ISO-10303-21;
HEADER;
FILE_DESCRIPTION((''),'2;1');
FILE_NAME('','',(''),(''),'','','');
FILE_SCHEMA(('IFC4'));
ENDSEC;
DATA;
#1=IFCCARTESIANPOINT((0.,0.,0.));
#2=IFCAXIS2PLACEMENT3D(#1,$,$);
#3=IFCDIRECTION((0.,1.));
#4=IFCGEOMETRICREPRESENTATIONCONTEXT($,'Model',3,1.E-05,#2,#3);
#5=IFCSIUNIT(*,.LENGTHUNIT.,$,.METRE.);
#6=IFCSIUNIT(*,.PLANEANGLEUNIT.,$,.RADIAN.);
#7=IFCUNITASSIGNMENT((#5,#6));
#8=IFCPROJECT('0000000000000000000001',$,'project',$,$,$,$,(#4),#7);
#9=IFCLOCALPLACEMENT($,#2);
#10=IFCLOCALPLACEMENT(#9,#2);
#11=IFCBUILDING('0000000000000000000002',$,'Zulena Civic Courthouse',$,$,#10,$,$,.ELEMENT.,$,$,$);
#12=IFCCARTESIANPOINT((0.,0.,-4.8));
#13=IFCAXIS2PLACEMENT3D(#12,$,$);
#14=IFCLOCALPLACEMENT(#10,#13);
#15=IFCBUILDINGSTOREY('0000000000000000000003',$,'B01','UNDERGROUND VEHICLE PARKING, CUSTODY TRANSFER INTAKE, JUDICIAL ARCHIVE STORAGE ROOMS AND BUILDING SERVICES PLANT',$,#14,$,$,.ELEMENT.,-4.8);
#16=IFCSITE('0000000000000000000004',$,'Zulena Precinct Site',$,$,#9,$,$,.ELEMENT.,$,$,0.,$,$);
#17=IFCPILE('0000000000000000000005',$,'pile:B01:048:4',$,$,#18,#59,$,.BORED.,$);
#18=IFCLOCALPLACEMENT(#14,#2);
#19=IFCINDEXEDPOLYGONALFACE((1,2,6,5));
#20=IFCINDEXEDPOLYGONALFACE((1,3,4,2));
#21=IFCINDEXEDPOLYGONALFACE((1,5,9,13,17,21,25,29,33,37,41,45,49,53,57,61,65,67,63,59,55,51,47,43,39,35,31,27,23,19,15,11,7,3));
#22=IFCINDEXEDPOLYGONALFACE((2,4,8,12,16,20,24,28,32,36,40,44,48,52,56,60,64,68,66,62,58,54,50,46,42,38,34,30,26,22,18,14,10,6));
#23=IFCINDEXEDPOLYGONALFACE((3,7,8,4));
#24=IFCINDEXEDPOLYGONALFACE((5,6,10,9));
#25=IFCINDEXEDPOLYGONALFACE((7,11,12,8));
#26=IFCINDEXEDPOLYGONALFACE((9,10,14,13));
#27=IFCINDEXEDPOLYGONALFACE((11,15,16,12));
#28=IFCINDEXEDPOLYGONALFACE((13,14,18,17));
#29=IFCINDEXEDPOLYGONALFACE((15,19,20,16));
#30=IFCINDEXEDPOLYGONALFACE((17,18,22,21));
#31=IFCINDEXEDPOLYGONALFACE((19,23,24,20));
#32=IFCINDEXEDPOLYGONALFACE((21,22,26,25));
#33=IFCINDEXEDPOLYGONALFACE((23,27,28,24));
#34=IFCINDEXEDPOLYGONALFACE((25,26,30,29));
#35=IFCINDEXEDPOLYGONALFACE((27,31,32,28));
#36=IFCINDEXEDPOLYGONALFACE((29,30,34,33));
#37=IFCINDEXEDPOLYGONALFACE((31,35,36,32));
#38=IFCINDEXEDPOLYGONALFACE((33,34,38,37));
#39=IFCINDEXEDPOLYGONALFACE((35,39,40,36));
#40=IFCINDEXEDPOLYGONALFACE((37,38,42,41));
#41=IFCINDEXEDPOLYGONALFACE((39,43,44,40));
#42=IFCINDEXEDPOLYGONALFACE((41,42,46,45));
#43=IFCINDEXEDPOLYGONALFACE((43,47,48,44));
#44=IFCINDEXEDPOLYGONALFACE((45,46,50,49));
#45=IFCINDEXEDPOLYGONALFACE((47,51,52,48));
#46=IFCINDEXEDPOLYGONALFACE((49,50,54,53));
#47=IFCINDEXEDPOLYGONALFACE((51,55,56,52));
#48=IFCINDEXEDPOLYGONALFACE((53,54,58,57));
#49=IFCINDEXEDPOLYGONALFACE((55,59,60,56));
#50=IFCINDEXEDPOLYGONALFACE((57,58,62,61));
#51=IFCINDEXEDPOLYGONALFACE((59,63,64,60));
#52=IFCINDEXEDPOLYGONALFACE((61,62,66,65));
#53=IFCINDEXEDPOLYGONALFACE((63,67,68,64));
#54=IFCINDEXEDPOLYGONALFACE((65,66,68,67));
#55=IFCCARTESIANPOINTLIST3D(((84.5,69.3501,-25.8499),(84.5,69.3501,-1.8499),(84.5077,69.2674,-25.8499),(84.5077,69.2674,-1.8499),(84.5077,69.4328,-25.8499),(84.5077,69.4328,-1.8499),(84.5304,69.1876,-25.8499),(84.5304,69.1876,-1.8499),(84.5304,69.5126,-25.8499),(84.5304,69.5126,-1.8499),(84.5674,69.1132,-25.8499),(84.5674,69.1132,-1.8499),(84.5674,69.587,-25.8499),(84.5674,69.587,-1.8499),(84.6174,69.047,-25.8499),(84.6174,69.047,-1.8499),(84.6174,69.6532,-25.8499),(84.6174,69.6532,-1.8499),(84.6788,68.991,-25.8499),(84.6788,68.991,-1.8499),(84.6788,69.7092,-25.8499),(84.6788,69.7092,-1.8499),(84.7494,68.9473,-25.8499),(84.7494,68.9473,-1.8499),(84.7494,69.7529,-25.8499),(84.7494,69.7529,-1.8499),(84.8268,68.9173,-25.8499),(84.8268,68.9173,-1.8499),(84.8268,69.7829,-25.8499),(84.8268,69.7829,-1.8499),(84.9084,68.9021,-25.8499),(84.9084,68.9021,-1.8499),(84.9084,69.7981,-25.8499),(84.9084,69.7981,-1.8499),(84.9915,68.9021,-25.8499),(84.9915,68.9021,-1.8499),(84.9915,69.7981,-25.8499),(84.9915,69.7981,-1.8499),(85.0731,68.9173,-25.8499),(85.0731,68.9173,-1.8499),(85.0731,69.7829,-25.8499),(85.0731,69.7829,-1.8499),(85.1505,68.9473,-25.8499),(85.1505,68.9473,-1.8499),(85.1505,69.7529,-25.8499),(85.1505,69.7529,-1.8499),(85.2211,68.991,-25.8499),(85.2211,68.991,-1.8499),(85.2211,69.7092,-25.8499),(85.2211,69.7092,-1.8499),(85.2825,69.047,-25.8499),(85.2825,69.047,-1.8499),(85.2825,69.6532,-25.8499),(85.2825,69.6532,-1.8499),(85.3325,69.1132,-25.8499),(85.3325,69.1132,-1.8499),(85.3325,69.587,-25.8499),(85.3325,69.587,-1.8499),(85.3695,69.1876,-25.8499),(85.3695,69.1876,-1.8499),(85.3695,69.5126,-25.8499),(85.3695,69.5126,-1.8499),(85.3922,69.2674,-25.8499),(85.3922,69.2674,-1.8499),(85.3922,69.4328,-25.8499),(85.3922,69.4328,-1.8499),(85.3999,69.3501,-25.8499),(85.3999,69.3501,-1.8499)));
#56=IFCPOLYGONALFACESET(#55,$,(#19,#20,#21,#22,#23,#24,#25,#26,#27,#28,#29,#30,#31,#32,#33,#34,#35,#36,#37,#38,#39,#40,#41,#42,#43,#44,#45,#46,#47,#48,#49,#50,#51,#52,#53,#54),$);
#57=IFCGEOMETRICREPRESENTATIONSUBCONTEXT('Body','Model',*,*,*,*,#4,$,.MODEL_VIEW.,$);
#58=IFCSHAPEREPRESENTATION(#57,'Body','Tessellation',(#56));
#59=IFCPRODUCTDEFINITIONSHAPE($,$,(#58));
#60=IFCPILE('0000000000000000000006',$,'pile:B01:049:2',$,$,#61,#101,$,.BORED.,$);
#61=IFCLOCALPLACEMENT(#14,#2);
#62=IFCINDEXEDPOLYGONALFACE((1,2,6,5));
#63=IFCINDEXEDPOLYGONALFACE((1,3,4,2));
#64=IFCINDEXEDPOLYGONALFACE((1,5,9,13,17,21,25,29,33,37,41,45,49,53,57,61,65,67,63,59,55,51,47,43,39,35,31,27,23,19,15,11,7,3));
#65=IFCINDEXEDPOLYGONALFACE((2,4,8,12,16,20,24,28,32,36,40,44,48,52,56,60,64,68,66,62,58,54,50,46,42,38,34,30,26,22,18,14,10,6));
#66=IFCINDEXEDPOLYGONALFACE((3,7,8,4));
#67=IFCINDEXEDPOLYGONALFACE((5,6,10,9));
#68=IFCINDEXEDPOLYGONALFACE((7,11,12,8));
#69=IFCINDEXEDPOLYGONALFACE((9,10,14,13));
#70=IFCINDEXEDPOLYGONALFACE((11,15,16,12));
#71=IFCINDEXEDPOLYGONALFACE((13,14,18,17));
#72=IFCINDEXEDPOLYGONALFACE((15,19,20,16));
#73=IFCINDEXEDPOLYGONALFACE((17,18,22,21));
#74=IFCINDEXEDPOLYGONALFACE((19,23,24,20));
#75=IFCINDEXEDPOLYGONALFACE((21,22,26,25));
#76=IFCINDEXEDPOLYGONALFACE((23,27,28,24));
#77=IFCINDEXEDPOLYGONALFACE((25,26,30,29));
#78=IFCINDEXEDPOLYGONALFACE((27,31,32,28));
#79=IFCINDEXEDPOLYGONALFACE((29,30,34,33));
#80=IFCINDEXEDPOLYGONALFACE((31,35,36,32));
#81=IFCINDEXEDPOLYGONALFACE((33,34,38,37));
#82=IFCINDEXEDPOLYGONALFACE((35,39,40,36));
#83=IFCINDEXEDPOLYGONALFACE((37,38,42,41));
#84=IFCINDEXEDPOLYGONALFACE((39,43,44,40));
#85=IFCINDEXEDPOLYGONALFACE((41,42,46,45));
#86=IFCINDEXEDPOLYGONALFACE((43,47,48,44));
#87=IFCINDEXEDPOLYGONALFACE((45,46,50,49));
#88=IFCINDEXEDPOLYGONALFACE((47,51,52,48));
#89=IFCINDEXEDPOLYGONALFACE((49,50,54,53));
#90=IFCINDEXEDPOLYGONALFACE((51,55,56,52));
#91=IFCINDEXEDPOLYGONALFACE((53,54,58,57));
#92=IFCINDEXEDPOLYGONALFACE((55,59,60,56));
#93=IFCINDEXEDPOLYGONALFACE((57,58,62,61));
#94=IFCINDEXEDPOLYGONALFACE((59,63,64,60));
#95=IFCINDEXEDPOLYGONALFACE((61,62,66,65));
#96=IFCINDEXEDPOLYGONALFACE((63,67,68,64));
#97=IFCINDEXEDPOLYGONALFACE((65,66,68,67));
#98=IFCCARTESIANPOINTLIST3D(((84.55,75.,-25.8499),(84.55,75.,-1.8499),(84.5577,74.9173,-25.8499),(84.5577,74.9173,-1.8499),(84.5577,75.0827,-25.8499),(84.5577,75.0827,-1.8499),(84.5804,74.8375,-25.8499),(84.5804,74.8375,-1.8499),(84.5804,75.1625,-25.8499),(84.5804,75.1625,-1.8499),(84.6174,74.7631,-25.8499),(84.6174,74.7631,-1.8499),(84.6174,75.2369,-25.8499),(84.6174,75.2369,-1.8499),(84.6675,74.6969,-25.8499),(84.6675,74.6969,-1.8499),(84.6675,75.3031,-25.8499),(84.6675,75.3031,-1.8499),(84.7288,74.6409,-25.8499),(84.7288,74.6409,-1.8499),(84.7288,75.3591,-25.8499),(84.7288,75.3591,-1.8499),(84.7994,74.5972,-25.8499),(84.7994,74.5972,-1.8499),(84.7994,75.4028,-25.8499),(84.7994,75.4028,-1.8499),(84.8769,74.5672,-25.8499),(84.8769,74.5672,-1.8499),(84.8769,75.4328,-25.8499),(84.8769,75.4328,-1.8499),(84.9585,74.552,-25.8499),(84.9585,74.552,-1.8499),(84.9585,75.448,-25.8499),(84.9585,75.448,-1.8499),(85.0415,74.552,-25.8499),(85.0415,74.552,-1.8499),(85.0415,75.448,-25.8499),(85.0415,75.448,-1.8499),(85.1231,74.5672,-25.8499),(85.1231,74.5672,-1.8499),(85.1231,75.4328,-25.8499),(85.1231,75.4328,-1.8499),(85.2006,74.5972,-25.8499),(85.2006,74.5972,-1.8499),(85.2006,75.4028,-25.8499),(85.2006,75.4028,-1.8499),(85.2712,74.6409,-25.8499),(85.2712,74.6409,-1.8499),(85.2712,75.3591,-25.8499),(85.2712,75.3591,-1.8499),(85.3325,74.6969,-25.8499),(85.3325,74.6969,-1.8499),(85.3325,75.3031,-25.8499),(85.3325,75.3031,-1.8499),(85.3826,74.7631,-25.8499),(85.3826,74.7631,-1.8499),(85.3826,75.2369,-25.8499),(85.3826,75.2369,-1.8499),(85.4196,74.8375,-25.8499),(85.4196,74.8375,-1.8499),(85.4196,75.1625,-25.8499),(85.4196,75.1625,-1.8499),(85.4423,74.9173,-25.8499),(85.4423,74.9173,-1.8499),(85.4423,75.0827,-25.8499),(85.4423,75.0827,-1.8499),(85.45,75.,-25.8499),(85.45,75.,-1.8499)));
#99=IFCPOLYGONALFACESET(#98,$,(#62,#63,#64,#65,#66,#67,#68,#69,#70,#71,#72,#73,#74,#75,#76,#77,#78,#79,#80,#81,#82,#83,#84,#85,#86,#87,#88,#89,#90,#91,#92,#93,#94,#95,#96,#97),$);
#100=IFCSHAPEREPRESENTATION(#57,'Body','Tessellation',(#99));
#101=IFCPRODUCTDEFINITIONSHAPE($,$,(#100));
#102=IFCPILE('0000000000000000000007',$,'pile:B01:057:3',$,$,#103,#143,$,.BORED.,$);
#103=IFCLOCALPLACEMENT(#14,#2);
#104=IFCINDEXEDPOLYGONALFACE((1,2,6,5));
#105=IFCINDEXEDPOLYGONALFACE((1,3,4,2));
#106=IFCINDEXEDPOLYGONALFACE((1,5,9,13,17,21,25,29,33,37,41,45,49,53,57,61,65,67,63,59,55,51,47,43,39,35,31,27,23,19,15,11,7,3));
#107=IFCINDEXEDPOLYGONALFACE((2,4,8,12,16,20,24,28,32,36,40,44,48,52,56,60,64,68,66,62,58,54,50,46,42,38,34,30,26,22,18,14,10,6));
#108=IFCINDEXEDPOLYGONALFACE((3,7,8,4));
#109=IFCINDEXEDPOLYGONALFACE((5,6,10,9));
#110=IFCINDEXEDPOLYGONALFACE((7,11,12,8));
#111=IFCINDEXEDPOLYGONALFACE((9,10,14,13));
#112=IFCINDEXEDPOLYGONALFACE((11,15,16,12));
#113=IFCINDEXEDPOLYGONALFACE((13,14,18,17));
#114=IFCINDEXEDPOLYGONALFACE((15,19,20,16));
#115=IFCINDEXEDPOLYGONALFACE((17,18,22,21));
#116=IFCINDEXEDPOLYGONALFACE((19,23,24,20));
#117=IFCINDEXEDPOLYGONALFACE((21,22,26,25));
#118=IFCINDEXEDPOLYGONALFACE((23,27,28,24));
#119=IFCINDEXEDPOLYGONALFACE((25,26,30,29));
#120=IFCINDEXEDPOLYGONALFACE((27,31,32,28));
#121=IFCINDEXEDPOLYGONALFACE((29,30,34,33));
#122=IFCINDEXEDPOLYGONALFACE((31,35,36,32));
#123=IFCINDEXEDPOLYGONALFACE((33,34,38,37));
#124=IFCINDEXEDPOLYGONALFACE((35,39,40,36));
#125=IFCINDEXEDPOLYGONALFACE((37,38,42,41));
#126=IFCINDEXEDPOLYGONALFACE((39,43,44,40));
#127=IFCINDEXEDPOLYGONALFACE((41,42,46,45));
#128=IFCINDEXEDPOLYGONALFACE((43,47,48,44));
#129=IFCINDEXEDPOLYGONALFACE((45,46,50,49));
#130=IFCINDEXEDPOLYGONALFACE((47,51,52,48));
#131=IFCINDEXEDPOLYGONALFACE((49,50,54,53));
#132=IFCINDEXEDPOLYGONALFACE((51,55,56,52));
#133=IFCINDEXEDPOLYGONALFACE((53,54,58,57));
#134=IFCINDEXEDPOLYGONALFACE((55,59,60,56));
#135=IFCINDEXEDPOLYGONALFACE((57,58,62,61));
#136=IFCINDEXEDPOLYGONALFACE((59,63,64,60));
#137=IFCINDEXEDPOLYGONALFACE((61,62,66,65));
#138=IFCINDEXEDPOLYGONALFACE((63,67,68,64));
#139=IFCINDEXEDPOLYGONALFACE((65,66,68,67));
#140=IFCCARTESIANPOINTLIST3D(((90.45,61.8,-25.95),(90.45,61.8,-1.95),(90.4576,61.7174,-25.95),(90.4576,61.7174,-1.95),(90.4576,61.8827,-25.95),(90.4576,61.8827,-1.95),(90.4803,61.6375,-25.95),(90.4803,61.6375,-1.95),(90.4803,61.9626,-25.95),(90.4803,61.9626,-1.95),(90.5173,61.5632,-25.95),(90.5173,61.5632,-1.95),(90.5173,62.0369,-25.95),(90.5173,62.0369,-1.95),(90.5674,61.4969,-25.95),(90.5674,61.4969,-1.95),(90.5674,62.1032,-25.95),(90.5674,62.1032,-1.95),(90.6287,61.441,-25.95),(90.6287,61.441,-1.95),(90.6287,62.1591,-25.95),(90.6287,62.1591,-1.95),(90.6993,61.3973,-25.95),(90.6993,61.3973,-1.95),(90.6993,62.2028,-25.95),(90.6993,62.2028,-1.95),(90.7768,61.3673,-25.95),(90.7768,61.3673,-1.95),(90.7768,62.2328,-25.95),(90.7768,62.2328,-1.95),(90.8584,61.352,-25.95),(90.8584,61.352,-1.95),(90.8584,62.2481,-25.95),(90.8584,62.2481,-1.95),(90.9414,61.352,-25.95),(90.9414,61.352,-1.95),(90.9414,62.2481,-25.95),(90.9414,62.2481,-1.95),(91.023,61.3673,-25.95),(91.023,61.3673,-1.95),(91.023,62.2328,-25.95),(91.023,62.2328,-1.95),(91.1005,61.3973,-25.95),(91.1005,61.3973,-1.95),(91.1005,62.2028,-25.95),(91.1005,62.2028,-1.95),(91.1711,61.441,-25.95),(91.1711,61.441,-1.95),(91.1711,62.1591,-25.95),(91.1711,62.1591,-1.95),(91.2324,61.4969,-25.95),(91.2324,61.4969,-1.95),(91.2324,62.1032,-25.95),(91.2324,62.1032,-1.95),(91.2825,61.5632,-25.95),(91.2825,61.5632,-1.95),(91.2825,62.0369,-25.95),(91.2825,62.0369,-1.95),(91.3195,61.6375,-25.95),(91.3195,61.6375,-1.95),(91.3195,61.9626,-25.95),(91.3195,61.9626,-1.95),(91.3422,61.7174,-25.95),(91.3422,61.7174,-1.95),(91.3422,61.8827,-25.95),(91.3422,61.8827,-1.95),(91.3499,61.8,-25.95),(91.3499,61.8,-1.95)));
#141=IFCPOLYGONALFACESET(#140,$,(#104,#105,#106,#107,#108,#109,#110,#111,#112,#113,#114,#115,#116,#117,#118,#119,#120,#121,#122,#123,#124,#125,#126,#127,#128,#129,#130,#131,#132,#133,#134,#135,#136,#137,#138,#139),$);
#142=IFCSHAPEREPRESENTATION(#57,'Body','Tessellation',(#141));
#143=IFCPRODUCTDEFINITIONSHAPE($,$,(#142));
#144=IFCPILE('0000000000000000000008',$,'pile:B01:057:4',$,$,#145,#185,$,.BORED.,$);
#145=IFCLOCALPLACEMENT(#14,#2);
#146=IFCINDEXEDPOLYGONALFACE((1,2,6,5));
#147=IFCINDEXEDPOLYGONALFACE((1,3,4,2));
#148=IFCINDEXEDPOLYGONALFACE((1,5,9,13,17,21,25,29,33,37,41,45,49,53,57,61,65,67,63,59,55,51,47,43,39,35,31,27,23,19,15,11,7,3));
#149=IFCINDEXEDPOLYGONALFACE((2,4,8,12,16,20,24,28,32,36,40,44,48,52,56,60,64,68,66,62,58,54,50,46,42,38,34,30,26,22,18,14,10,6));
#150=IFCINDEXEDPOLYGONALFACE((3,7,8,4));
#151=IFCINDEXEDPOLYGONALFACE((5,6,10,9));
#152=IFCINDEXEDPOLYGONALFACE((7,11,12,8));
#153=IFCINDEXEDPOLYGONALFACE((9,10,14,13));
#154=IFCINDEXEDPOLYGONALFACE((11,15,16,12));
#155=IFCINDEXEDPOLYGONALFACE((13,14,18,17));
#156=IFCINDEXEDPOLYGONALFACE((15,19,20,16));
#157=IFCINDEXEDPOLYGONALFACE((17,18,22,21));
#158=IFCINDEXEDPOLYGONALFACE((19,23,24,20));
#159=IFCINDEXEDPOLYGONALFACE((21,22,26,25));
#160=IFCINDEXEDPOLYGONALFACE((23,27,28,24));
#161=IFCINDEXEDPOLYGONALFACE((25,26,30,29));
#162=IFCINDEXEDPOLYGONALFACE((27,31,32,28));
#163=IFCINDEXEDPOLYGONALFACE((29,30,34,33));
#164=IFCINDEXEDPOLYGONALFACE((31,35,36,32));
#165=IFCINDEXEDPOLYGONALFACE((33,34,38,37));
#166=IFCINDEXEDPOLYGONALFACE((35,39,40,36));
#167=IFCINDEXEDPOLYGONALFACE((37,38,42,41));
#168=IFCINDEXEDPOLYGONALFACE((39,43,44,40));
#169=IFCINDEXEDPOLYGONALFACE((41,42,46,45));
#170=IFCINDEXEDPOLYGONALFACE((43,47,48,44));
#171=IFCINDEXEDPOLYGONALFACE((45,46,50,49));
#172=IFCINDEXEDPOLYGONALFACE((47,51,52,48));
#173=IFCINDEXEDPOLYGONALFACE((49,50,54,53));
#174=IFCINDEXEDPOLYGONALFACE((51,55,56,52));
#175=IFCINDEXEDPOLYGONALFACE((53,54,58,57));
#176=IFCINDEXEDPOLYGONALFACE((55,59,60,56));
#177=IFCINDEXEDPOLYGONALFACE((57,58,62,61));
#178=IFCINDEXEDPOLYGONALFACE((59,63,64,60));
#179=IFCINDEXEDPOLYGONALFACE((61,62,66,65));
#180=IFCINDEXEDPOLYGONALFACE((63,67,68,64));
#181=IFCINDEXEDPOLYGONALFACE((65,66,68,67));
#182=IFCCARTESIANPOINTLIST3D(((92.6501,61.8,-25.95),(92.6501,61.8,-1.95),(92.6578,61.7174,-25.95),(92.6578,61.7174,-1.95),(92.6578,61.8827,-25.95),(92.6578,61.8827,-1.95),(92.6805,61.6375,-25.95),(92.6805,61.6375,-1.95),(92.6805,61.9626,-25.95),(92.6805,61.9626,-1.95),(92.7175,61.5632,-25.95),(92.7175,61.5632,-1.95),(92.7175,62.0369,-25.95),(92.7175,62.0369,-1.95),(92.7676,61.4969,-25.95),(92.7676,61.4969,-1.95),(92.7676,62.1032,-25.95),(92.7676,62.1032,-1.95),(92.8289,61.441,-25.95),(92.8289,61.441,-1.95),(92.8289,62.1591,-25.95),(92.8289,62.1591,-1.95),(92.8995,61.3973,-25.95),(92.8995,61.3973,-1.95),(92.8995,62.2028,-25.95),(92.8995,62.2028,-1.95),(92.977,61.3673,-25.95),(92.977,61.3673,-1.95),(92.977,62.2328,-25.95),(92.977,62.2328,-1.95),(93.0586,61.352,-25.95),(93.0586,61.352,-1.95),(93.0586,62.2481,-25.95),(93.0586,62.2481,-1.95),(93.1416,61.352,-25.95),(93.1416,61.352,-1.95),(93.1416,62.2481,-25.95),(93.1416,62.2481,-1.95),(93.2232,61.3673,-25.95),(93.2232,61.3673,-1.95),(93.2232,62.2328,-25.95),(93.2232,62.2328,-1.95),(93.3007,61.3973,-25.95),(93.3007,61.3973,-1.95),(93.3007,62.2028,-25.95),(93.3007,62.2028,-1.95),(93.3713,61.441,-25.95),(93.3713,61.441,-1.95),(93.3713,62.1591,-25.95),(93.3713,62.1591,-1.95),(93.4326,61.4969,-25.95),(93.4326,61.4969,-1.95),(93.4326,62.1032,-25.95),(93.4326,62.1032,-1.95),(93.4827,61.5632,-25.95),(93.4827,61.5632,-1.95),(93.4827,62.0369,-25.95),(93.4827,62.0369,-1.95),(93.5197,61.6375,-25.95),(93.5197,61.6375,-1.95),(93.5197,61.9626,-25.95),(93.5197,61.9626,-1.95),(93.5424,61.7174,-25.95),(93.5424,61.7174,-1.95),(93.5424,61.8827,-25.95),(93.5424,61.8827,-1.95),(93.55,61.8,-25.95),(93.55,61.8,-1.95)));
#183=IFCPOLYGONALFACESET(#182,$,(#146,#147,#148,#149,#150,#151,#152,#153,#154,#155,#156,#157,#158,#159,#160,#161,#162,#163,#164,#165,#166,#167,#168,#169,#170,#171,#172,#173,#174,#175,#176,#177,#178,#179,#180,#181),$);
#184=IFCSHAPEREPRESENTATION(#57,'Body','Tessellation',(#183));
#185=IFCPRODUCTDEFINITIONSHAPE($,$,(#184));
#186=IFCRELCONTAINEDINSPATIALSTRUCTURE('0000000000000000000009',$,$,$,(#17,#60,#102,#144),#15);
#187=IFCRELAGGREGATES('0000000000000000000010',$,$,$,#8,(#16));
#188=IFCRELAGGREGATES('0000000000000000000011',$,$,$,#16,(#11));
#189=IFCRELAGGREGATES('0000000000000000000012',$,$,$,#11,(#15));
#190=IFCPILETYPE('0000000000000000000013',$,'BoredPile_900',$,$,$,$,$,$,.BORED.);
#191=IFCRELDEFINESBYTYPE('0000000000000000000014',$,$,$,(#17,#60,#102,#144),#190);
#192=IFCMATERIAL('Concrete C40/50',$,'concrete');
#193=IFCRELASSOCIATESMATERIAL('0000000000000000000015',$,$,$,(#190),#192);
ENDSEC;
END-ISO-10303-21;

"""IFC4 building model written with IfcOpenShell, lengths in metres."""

from ifc_helpers import new_model, si_unit, direction, frame, origin, origin_2d, place, context, subcontext, project, spatial, circle, extrude, material, material_profile, profile_set, type_object, element, save


model = new_model("IFC4")

# Units and contexts
model_context = context("Model", 3, precision=1e-05, world=origin(), true_north=direction((0.0, 1.0)))
body_context = subcontext(model_context, "Body", "Model", "MODEL_VIEW")
ifc_project = project(units=[si_unit("LENGTHUNIT", "METRE"), si_unit("PLANEANGLEUNIT", "RADIAN")], contexts=[model_context])

# Site, building, storey
site_placement = place(None, origin())
site = spatial("IfcSite", under=ifc_project, at=site_placement, Name="Zulena Precinct Site", CompositionType="ELEMENT", RefElevation=0.0)
building_placement = place(site_placement, origin())
building = spatial("IfcBuilding", under=site, at=building_placement, Name="Zulena Civic Courthouse", CompositionType="ELEMENT")
storey_placement = place(building_placement, frame((0.0, 0.0, -4.8)))
storey = spatial("IfcBuildingStorey", under=building, at=storey_placement, Name="B01", Description="UNDERGROUND VEHICLE PARKING, CUSTODY TRANSFER INTAKE, JUDICIAL ARCHIVE STORAGE ROOMS AND BUILDING SERVICES PLANT", CompositionType="ELEMENT", Elevation=-4.8)

# Piles
ifc_material_1 = material(Name="Concrete C40/50", Category="concrete")
ifc_material_profile_1 = material_profile(ifc_material_1, circle(Radius=0.45, at=origin_2d()), Name="PILE900")
ifc_profile_set_1 = profile_set([ifc_material_profile_1], Name="Concrete C40/50")
pile_type_1 = type_object("IfcPileType", Name="BoredPile_900", PredefinedType="BORED", material=ifc_profile_set_1)
for number, where, z_axis, x_axis, name in (
    (1, (84.95, 69.3501, -1.8499), (0.0, 0.0, -1.0), (1.0, 0.0, 0.0), "pile:B01:048:4"),
    (2, (85.0, 75.0, -1.8499), (0.0, 0.0, -1.0), (1.0, 0.0, 0.0), "pile:B01:049:2"),
    (3, (90.8999, 61.8, -1.95), (0.0, 0.0, -1.0), (1.0, 0.0, 0.0), "pile:B01:057:3"),
    (4, (93.1001, 61.8, -1.95), (0.0, 0.0, -1.0), (1.0, 0.0, 0.0), "pile:B01:057:4"),
):
    element("IfcPile", number, at=place(storey_placement, frame(where, z_axis=z_axis, x_axis=x_axis)), inside=storey, type_object=pile_type_1, Name=name, PredefinedType="BORED", context=body_context, shape_type="SweptSolid", body=[
        extrude(circle(Radius=0.45, at=origin_2d()), origin(), (0.0, 0.0, 1.0), 24.0),
    ])

save(model, "model.ifc")
